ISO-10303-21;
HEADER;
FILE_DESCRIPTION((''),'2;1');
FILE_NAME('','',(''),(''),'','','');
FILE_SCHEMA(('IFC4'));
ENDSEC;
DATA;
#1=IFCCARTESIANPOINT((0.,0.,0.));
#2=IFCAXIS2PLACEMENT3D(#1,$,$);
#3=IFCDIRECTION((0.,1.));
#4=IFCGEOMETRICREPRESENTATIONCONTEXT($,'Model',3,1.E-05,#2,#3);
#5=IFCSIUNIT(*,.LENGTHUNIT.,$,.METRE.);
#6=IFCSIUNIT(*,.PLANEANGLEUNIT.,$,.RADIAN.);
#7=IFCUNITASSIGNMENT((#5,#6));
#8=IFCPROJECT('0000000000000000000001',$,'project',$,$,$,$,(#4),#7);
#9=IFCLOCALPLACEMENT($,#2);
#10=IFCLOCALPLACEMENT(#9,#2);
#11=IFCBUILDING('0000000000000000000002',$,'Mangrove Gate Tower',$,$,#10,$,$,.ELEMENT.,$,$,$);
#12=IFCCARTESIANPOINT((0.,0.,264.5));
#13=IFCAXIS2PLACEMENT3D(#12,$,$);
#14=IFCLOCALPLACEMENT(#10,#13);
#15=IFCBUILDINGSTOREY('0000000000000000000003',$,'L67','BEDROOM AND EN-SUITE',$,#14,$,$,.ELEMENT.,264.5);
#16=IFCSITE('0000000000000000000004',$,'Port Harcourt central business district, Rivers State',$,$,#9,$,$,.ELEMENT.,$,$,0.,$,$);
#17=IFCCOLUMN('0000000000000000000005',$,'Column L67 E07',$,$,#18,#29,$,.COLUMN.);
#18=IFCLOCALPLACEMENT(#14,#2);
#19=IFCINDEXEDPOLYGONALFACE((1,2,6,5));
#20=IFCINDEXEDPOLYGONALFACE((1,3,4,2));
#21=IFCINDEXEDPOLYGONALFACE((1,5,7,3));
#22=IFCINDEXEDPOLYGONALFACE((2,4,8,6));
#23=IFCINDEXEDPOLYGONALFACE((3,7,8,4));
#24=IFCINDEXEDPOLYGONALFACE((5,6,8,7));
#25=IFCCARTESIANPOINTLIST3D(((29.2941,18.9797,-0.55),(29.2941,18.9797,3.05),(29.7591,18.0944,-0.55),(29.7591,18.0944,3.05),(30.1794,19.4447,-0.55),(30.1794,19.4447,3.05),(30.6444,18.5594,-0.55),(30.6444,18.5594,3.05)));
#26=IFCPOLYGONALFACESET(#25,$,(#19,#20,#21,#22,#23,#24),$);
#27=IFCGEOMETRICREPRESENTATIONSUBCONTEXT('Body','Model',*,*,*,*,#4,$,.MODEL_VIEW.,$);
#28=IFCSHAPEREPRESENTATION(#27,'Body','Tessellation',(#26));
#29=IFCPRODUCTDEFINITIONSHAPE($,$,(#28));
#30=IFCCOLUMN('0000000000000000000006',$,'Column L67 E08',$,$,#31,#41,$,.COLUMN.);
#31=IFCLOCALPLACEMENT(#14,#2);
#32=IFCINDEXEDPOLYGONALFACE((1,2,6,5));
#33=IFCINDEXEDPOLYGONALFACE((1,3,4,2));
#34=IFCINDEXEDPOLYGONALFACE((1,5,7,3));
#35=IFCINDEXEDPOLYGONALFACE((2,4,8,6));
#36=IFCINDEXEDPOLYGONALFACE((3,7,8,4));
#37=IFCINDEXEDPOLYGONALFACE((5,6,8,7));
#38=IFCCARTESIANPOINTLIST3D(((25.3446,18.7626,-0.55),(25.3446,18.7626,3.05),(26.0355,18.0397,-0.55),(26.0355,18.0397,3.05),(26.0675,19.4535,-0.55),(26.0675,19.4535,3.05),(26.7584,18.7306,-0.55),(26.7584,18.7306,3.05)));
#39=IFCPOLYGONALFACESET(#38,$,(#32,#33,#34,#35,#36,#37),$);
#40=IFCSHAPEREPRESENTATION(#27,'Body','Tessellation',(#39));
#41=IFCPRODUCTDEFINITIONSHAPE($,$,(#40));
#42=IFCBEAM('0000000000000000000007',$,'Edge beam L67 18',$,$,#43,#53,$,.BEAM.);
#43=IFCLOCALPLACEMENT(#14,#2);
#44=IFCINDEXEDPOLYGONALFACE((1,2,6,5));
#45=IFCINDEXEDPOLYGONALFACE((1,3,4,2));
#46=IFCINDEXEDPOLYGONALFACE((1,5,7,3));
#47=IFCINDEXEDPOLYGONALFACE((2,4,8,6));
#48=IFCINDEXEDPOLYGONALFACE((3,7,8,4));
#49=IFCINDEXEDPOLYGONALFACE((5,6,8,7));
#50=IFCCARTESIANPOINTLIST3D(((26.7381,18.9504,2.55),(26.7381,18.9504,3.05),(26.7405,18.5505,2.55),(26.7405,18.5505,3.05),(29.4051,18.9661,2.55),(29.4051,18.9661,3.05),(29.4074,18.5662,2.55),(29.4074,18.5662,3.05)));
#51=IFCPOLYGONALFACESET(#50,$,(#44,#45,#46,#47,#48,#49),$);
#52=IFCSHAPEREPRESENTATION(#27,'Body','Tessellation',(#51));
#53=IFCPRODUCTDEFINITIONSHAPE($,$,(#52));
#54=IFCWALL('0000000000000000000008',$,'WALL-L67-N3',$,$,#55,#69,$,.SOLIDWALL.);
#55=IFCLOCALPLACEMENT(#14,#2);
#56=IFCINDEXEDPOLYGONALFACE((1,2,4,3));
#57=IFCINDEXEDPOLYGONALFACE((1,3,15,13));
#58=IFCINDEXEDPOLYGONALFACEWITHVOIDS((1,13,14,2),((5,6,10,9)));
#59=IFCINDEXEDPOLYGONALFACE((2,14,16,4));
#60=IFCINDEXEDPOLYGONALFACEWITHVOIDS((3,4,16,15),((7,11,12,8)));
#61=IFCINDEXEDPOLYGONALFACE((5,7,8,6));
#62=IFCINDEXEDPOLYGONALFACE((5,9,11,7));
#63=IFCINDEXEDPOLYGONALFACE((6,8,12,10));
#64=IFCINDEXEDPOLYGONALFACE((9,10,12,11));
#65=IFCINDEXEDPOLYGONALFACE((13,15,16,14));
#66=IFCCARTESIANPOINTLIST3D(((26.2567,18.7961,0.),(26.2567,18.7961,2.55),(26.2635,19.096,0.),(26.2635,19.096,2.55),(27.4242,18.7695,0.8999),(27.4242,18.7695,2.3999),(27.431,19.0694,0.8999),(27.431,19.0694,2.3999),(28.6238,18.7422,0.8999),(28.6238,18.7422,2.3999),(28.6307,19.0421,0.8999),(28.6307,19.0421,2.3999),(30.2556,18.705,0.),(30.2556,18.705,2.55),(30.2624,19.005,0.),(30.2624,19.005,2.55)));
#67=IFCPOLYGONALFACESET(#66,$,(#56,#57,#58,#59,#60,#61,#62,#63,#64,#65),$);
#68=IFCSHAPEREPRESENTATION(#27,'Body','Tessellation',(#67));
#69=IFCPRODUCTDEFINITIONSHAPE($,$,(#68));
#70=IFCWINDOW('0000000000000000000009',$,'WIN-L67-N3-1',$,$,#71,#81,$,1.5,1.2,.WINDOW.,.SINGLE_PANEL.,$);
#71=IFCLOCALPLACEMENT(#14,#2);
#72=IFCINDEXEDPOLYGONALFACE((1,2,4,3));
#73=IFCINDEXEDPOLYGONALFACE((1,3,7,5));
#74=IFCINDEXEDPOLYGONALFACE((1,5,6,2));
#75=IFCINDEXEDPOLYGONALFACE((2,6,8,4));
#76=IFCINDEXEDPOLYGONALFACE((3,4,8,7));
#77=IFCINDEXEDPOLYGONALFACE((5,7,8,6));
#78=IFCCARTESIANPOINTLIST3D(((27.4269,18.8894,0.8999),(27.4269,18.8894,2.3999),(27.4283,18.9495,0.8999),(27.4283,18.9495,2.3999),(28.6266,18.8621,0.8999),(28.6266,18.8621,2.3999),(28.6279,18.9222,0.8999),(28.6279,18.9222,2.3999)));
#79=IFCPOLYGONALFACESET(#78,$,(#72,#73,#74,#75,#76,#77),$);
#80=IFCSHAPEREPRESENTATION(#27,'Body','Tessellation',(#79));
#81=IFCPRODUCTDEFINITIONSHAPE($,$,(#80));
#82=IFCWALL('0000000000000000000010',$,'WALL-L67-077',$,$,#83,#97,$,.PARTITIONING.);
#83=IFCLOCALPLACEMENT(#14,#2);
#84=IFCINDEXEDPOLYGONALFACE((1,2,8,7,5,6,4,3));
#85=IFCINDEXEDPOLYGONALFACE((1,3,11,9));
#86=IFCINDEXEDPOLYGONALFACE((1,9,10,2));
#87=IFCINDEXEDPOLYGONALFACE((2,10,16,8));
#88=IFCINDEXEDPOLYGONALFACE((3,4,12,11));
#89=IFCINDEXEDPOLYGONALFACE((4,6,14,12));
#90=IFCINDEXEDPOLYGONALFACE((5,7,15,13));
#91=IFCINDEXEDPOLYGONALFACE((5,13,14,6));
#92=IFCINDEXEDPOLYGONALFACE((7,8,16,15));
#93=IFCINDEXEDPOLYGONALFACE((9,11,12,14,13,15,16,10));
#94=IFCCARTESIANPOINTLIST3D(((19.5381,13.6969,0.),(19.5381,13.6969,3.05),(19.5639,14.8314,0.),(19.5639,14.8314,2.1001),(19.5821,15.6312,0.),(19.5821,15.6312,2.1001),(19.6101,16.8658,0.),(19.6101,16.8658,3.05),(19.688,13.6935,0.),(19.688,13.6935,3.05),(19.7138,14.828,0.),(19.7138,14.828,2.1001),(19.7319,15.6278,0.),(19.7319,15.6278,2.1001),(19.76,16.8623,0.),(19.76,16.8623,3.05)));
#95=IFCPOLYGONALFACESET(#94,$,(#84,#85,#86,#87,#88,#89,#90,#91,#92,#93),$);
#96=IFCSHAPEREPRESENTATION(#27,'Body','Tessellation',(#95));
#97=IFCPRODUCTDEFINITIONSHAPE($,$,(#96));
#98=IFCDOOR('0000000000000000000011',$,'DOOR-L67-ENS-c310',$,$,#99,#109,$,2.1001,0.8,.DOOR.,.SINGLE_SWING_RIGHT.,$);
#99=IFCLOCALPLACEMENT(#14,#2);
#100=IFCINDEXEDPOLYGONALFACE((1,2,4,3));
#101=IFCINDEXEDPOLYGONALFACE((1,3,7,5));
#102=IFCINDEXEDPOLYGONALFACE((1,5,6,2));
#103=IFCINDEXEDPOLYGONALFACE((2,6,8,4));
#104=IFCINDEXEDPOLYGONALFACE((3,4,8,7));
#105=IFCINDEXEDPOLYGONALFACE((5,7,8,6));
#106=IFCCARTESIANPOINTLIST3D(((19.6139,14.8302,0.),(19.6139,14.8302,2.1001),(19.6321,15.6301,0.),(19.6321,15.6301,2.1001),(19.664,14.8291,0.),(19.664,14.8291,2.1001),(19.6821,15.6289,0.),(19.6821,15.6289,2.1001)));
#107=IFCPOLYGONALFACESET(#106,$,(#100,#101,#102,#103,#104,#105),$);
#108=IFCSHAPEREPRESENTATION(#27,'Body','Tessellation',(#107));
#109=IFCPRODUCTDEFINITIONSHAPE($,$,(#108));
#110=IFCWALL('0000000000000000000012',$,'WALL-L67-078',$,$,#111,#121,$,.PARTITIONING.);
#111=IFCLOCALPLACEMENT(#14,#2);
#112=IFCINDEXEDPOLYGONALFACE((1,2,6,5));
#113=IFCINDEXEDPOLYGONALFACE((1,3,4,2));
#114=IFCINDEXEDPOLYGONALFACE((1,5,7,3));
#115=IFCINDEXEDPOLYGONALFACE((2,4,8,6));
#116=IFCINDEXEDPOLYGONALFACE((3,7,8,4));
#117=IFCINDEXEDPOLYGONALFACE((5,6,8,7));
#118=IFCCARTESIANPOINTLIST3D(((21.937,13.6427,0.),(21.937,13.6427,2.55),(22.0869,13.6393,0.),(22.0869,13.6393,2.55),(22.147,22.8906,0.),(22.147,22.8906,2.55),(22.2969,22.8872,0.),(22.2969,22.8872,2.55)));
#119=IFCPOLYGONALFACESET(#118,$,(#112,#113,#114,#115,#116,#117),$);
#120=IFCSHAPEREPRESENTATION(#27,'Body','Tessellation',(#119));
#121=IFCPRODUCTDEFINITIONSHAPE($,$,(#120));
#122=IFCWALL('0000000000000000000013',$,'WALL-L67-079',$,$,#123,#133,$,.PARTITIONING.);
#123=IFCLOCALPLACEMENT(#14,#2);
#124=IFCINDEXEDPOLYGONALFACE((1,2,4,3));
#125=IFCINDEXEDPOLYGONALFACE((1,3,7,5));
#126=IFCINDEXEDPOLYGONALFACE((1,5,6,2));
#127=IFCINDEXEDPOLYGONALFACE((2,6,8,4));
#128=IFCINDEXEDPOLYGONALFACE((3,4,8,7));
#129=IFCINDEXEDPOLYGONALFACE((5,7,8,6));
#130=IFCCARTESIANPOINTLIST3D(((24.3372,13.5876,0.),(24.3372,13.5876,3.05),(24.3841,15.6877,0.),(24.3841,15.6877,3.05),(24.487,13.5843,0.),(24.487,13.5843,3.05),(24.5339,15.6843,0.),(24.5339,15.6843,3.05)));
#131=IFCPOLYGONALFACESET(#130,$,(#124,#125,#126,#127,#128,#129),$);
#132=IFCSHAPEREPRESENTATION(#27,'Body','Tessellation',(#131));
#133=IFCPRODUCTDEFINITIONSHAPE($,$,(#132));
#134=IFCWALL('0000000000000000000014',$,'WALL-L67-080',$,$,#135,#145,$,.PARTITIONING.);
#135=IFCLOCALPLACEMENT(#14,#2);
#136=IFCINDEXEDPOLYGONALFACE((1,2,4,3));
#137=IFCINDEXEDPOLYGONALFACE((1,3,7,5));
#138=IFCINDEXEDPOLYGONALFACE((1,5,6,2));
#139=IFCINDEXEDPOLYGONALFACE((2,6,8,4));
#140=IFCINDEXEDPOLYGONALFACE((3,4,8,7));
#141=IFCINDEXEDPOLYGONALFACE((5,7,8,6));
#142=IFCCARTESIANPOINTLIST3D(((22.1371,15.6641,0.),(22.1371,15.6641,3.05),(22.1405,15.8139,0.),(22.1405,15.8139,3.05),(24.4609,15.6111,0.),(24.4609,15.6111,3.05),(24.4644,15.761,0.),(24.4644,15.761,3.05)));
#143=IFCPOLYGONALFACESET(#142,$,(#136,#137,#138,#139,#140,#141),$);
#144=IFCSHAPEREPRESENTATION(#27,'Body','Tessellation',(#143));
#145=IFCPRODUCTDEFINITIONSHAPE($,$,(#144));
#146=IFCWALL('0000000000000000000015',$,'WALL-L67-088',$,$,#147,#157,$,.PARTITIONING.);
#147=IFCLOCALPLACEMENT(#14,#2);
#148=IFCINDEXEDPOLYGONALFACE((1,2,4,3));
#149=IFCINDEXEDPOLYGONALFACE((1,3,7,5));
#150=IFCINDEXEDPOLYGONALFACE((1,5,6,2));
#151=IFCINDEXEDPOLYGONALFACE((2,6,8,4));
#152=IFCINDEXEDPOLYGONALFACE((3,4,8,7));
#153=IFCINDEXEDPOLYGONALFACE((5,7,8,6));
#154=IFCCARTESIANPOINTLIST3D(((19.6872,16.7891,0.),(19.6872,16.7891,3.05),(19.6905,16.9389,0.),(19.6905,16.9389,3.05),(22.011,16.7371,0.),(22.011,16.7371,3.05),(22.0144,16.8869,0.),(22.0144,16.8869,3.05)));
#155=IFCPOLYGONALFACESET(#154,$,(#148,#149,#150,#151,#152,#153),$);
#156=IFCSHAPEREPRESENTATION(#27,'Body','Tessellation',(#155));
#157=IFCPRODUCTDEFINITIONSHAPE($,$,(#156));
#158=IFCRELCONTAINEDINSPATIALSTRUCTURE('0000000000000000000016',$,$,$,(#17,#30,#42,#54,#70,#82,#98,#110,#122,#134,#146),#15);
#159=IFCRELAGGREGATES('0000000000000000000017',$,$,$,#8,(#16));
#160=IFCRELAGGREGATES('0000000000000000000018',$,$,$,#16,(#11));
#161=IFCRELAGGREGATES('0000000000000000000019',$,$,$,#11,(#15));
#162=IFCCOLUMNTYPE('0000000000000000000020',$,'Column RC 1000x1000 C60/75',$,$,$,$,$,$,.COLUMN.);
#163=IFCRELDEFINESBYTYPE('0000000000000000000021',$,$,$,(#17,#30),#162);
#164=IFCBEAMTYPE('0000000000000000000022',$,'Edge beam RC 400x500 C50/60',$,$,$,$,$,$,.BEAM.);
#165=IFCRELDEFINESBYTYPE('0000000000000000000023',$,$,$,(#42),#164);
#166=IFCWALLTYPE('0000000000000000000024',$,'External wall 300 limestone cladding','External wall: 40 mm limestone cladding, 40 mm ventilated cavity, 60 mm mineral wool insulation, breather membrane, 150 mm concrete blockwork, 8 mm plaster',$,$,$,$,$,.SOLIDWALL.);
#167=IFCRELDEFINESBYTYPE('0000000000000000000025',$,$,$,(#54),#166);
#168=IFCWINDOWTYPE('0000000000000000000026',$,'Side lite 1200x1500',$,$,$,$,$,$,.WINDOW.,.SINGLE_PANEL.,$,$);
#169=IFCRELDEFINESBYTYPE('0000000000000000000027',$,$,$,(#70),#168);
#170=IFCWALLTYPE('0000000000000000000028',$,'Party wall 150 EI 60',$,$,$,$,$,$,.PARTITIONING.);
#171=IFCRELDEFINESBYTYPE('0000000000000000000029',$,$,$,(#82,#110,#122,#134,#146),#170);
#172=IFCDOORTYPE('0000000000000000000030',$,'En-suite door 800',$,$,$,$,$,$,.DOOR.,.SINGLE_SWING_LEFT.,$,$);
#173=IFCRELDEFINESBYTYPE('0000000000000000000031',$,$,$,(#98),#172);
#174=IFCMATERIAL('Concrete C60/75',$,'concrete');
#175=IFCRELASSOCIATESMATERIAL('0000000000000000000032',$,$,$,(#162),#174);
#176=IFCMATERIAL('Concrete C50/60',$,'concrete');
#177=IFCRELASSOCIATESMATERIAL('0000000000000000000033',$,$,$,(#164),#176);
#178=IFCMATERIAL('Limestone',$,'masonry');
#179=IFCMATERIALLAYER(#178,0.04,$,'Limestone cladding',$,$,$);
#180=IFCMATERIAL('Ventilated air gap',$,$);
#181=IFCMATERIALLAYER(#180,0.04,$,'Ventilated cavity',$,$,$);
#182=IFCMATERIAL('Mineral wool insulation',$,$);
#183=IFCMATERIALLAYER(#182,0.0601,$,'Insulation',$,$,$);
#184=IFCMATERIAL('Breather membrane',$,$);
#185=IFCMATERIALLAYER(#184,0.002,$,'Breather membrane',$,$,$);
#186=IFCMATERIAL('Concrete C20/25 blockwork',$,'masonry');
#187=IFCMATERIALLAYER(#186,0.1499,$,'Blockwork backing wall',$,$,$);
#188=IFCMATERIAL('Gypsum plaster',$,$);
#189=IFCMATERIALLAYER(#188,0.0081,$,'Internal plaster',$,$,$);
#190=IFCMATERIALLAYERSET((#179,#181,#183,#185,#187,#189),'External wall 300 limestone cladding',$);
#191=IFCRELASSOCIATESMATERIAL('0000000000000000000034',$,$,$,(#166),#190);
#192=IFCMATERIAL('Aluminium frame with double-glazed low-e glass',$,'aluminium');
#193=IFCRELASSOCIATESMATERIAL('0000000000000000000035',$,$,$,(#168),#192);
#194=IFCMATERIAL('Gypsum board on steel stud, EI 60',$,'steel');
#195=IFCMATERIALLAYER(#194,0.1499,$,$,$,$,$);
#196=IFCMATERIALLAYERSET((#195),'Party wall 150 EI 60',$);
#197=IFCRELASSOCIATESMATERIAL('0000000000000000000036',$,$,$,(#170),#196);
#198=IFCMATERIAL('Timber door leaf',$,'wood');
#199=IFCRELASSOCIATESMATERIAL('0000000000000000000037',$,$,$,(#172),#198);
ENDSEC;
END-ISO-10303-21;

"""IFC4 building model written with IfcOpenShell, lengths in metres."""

from ifc_helpers import new_model, si_unit, direction, frame, frame_2d, origin, origin_2d, place, context, subcontext, project, spatial, rectangle, extrude, material, layer, layer_set, material_profile, profile_set, type_object, element, fill, save


model = new_model("IFC4")

# Units and contexts
model_context = context("Model", 3, precision=1e-05, world=origin(), true_north=direction((0.0, 1.0)))
body_context = subcontext(model_context, "Body", "Model", "MODEL_VIEW")
ifc_project = project(units=[si_unit("LENGTHUNIT", "METRE"), si_unit("PLANEANGLEUNIT", "RADIAN")], contexts=[model_context])

# Site, building, storey
site_placement = place(None, origin())
site = spatial("IfcSite", under=ifc_project, at=site_placement, Name="Port Harcourt central business district, Rivers State", CompositionType="ELEMENT", RefElevation=0.0)
building_placement = place(site_placement, origin())
building = spatial("IfcBuilding", under=site, at=building_placement, Name="Mangrove Gate Tower", CompositionType="ELEMENT")
storey_placement = place(building_placement, frame((0.0, 0.0, 264.5)))
storey = spatial("IfcBuildingStorey", under=building, at=storey_placement, Name="L67", Description="BEDROOM AND EN-SUITE", CompositionType="ELEMENT", Elevation=264.5)

# Columns
ifc_material_1 = material(Name="Concrete C60/75", Category="concrete")
ifc_material_profile_1 = material_profile(ifc_material_1, rectangle(XDim=1.0, YDim=1.0, at=origin_2d()))
ifc_profile_set_1 = profile_set([ifc_material_profile_1], Name="Concrete C60/75")
column_type = type_object("IfcColumnType", Name="Column RC 1000x1000 C60/75", PredefinedType="COLUMN", material=ifc_profile_set_1)
for number, where, z_axis, x_axis, name in (
    (1, (29.9692, 18.7695, -0.55), (0.0, 0.0, 1.0), (-0.465022, 0.885299, 0.0), "Column L67 E07"),
    (2, (26.0515, 18.7466, -0.55), (0.0, 0.0, 1.0), (-0.690926, 0.722926, 0.0), "Column L67 E08"),
):
    element("IfcColumn", number, at=place(storey_placement, frame(where, z_axis=z_axis, x_axis=x_axis)), inside=storey, type_object=column_type, Name=name, PredefinedType="COLUMN", context=body_context, shape_type="SweptSolid", body=[
        extrude(rectangle(XDim=1.0, YDim=1.0, at=origin_2d()), origin(), (0.0, 0.0, 1.0), 3.6001),
    ])

# Beam
ifc_material_2 = material(Name="Concrete C50/60", Category="concrete")
ifc_material_profile_2 = material_profile(ifc_material_2, rectangle(XDim=0.3999, YDim=0.5, at=origin_2d()))
ifc_profile_set_2 = profile_set([ifc_material_profile_2], Name="Concrete C50/60")
beam_type = type_object("IfcBeamType", Name="Edge beam RC 400x500 C50/60", PredefinedType="BEAM", material=ifc_profile_set_2)
beam_placement = place(storey_placement, frame((29.4062, 18.7661, 2.8), z_axis=(-0.999983, -0.005859, 0.0), x_axis=(0.005859, -0.999983, 0.0)))
element("IfcBeam", 3, at=beam_placement, inside=storey, type_object=beam_type, Name="Edge beam L67 18", PredefinedType="BEAM", context=body_context, shape_type="SweptSolid", body=[
    extrude(rectangle(XDim=0.3999, YDim=0.5, at=origin_2d()), origin(), (0.0, 0.0, 1.0), 2.667),
])

# Wall, opening, window
ifc_material_3 = material(Name="Limestone", Category="masonry")
ifc_layer_1 = layer(ifc_material_3, 0.04, Name="Limestone cladding")
ifc_material_4 = material(Name="Ventilated air gap")
ifc_layer_2 = layer(ifc_material_4, 0.04, Name="Ventilated cavity")
ifc_material_5 = material(Name="Mineral wool insulation")
ifc_layer_3 = layer(ifc_material_5, 0.0601, Name="Insulation")
ifc_material_6 = material(Name="Breather membrane")
ifc_layer_4 = layer(ifc_material_6, 0.002, Name="Breather membrane")
ifc_material_7 = material(Name="Concrete C20/25 blockwork", Category="masonry")
ifc_layer_5 = layer(ifc_material_7, 0.1499, Name="Blockwork backing wall")
ifc_material_8 = material(Name="Gypsum plaster")
ifc_layer_6 = layer(ifc_material_8, 0.0081, Name="Internal plaster")
ifc_layer_set_1 = layer_set([ifc_layer_1, ifc_layer_2, ifc_layer_3, ifc_layer_4, ifc_layer_5, ifc_layer_6], Name="External wall 300 limestone cladding")
wall_type_1 = type_object("IfcWallType", Name="External wall 300 limestone cladding", Description="External wall: 40 mm limestone cladding, 40 mm ventilated cavity, 60 mm mineral wool insulation, breather membrane, 150 mm concrete blockwork, 8 mm plaster", PredefinedType="SOLIDWALL", material=ifc_layer_set_1)
wall_1_placement = place(storey_placement, frame((30.259, 18.855, 0.0), z_axis=(0.0, 0.0, 1.0), x_axis=(-0.999741, 0.022766, 0.0)))
wall_1 = element("IfcWall", 4, at=wall_1_placement, inside=storey, type_object=wall_type_1, Name="WALL-L67-N3", PredefinedType="SOLIDWALL", context=body_context, shape_type="SweptSolid", body=[
    extrude(rectangle(XDim=4.0, YDim=0.3, at=frame_2d((2.0, 0.0))), origin(), (0.0, 0.0, 1.0), 2.55),
])
opening_1_placement = place(wall_1_placement, frame((1.6321, 0.0, 0.8999)))
opening_1 = element("IfcOpeningElement", 5, at=opening_1_placement, cuts=wall_1, PredefinedType="OPENING", context=body_context, shape_type="SweptSolid", body=[
    extrude(rectangle(XDim=1.2, YDim=1.5, at=frame_2d((0.6001, 0.75))), frame((0.0, 0.1599, 0.0), z_axis=(0.0, -1.0, 0.0), x_axis=(1.0, 0.0, 0.0)), (0.0, 0.0, 1.0), 0.3201),
])
ifc_material_9 = material(Name="Aluminium frame with double-glazed low-e glass", Category="aluminium")
window_type = type_object("IfcWindowType", Name="Side lite 1200x1500", PartitioningType="SINGLE_PANEL", PredefinedType="WINDOW", material=ifc_material_9)
window_placement = place(opening_1_placement, origin())
window = element("IfcWindow", 6, at=window_placement, inside=storey, type_object=window_type, Name="WIN-L67-N3-1", OverallHeight=1.5, OverallWidth=1.2, PartitioningType="SINGLE_PANEL", PredefinedType="WINDOW", context=body_context, shape_type="SweptSolid", body=[
    extrude(rectangle(XDim=1.2, YDim=1.5, at=frame_2d((0.6001, 0.75))), frame((0.0, 0.03, 0.0), z_axis=(0.0, -1.0, 0.0), x_axis=(1.0, 0.0, 0.0)), (0.0, 0.0, 1.0), 0.0601),
])
fill(opening_1, window)

# Wall, opening, door
ifc_material_10 = material(Name="Gypsum board on steel stud, EI 60", Category="steel")
ifc_layer_7 = layer(ifc_material_10, 0.1499)
ifc_layer_set_2 = layer_set([ifc_layer_7], Name="Party wall 150 EI 60")
wall_type_2 = type_object("IfcWallType", Name="Party wall 150 EI 60", PredefinedType="PARTITIONING", material=ifc_layer_set_2)
wall_2_placement = place(storey_placement, frame((19.613, 13.6951, 0.0), z_axis=(0.0, 0.0, 1.0), x_axis=(0.022721, 0.999742, 0.0)))
wall_2 = element("IfcWall", 7, at=wall_2_placement, inside=storey, type_object=wall_type_2, Name="WALL-L67-077", PredefinedType="PARTITIONING", context=body_context, shape_type="SweptSolid", body=[
    extrude(rectangle(XDim=3.1697, YDim=0.1499, at=frame_2d((1.585, 0.0))), origin(), (0.0, 0.0, 1.0), 3.05),
])
opening_2_placement = place(wall_2_placement, frame((1.135, 0.0, 0.0)))
opening_2 = element("IfcOpeningElement", 8, at=opening_2_placement, cuts=wall_2, PredefinedType="OPENING", context=body_context, shape_type="SweptSolid", body=[
    extrude(rectangle(XDim=0.8, YDim=2.1001, at=frame_2d((0.3999, 1.05))), frame((0.0, 0.085, 0.0), z_axis=(0.0, -1.0, 0.0), x_axis=(1.0, 0.0, 0.0)), (0.0, 0.0, 1.0), 0.1699),
])
ifc_material_11 = material(Name="Timber door leaf", Category="wood")
door_type = type_object("IfcDoorType", Name="En-suite door 800", OperationType="SINGLE_SWING_LEFT", PredefinedType="DOOR", material=ifc_material_11)
door_placement = place(opening_2_placement, origin())
door = element("IfcDoor", 9, at=door_placement, inside=storey, type_object=door_type, Name="DOOR-L67-ENS-c310", OperationType="SINGLE_SWING_RIGHT", OverallHeight=2.1001, OverallWidth=0.8, PredefinedType="DOOR", context=body_context, shape_type="SweptSolid", body=[
    extrude(rectangle(XDim=0.8, YDim=2.1001, at=frame_2d((0.3999, 1.05))), frame((0.0, 0.0249, 0.0), z_axis=(0.0, -1.0, 0.0), x_axis=(1.0, 0.0, 0.0)), (0.0, 0.0, 1.0), 0.05),
])
fill(opening_2, door)

# Walls
wall_3_placement = place(storey_placement, frame((22.012, 13.6411, 0.0), z_axis=(0.0, 0.0, 1.0), x_axis=(0.022698, 0.999742, 0.0)))
element("IfcWall", 10, at=wall_3_placement, inside=storey, type_object=wall_type_2, Name="WALL-L67-078", PredefinedType="PARTITIONING", context=body_context, shape_type="SweptSolid", body=[
    extrude(rectangle(XDim=9.2502, YDim=0.1499, at=frame_2d((4.625, 0.0))), origin(), (0.0, 0.0, 1.0), 2.55),
])
wall_4_placement = place(storey_placement, frame((24.4121, 13.5859, 0.0), z_axis=(0.0, 0.0, 1.0), x_axis=(0.022315, 0.999751, 0.0)))
element("IfcWall", 11, at=wall_4_placement, inside=storey, type_object=wall_type_2, Name="WALL-L67-079", PredefinedType="PARTITIONING", context=body_context, shape_type="SweptSolid", body=[
    extrude(rectangle(XDim=2.1006, YDim=0.1499, at=frame_2d((1.0503, 0.0))), origin(), (0.0, 0.0, 1.0), 3.05),
])
for number, where, z_axis, x_axis, name in (
    (12, (22.1389, 15.739, 0.0), (0.0, 0.0, 1.0), (0.99974, -0.022791, 0.0), "WALL-L67-080"),
    (13, (19.689, 16.864, 0.0), (0.0, 0.0, 1.0), (0.99975, -0.022371, 0.0), "WALL-L67-088"),
):
    element("IfcWall", number, at=place(storey_placement, frame(where, z_axis=z_axis, x_axis=x_axis)), inside=storey, type_object=wall_type_2, Name=name, PredefinedType="PARTITIONING", context=body_context, shape_type="SweptSolid", body=[
        extrude(rectangle(XDim=2.3245, YDim=0.1499, at=frame_2d((1.1621, 0.0))), origin(), (0.0, 0.0, 1.0), 3.05),
    ])

save(model, "model.ifc")
